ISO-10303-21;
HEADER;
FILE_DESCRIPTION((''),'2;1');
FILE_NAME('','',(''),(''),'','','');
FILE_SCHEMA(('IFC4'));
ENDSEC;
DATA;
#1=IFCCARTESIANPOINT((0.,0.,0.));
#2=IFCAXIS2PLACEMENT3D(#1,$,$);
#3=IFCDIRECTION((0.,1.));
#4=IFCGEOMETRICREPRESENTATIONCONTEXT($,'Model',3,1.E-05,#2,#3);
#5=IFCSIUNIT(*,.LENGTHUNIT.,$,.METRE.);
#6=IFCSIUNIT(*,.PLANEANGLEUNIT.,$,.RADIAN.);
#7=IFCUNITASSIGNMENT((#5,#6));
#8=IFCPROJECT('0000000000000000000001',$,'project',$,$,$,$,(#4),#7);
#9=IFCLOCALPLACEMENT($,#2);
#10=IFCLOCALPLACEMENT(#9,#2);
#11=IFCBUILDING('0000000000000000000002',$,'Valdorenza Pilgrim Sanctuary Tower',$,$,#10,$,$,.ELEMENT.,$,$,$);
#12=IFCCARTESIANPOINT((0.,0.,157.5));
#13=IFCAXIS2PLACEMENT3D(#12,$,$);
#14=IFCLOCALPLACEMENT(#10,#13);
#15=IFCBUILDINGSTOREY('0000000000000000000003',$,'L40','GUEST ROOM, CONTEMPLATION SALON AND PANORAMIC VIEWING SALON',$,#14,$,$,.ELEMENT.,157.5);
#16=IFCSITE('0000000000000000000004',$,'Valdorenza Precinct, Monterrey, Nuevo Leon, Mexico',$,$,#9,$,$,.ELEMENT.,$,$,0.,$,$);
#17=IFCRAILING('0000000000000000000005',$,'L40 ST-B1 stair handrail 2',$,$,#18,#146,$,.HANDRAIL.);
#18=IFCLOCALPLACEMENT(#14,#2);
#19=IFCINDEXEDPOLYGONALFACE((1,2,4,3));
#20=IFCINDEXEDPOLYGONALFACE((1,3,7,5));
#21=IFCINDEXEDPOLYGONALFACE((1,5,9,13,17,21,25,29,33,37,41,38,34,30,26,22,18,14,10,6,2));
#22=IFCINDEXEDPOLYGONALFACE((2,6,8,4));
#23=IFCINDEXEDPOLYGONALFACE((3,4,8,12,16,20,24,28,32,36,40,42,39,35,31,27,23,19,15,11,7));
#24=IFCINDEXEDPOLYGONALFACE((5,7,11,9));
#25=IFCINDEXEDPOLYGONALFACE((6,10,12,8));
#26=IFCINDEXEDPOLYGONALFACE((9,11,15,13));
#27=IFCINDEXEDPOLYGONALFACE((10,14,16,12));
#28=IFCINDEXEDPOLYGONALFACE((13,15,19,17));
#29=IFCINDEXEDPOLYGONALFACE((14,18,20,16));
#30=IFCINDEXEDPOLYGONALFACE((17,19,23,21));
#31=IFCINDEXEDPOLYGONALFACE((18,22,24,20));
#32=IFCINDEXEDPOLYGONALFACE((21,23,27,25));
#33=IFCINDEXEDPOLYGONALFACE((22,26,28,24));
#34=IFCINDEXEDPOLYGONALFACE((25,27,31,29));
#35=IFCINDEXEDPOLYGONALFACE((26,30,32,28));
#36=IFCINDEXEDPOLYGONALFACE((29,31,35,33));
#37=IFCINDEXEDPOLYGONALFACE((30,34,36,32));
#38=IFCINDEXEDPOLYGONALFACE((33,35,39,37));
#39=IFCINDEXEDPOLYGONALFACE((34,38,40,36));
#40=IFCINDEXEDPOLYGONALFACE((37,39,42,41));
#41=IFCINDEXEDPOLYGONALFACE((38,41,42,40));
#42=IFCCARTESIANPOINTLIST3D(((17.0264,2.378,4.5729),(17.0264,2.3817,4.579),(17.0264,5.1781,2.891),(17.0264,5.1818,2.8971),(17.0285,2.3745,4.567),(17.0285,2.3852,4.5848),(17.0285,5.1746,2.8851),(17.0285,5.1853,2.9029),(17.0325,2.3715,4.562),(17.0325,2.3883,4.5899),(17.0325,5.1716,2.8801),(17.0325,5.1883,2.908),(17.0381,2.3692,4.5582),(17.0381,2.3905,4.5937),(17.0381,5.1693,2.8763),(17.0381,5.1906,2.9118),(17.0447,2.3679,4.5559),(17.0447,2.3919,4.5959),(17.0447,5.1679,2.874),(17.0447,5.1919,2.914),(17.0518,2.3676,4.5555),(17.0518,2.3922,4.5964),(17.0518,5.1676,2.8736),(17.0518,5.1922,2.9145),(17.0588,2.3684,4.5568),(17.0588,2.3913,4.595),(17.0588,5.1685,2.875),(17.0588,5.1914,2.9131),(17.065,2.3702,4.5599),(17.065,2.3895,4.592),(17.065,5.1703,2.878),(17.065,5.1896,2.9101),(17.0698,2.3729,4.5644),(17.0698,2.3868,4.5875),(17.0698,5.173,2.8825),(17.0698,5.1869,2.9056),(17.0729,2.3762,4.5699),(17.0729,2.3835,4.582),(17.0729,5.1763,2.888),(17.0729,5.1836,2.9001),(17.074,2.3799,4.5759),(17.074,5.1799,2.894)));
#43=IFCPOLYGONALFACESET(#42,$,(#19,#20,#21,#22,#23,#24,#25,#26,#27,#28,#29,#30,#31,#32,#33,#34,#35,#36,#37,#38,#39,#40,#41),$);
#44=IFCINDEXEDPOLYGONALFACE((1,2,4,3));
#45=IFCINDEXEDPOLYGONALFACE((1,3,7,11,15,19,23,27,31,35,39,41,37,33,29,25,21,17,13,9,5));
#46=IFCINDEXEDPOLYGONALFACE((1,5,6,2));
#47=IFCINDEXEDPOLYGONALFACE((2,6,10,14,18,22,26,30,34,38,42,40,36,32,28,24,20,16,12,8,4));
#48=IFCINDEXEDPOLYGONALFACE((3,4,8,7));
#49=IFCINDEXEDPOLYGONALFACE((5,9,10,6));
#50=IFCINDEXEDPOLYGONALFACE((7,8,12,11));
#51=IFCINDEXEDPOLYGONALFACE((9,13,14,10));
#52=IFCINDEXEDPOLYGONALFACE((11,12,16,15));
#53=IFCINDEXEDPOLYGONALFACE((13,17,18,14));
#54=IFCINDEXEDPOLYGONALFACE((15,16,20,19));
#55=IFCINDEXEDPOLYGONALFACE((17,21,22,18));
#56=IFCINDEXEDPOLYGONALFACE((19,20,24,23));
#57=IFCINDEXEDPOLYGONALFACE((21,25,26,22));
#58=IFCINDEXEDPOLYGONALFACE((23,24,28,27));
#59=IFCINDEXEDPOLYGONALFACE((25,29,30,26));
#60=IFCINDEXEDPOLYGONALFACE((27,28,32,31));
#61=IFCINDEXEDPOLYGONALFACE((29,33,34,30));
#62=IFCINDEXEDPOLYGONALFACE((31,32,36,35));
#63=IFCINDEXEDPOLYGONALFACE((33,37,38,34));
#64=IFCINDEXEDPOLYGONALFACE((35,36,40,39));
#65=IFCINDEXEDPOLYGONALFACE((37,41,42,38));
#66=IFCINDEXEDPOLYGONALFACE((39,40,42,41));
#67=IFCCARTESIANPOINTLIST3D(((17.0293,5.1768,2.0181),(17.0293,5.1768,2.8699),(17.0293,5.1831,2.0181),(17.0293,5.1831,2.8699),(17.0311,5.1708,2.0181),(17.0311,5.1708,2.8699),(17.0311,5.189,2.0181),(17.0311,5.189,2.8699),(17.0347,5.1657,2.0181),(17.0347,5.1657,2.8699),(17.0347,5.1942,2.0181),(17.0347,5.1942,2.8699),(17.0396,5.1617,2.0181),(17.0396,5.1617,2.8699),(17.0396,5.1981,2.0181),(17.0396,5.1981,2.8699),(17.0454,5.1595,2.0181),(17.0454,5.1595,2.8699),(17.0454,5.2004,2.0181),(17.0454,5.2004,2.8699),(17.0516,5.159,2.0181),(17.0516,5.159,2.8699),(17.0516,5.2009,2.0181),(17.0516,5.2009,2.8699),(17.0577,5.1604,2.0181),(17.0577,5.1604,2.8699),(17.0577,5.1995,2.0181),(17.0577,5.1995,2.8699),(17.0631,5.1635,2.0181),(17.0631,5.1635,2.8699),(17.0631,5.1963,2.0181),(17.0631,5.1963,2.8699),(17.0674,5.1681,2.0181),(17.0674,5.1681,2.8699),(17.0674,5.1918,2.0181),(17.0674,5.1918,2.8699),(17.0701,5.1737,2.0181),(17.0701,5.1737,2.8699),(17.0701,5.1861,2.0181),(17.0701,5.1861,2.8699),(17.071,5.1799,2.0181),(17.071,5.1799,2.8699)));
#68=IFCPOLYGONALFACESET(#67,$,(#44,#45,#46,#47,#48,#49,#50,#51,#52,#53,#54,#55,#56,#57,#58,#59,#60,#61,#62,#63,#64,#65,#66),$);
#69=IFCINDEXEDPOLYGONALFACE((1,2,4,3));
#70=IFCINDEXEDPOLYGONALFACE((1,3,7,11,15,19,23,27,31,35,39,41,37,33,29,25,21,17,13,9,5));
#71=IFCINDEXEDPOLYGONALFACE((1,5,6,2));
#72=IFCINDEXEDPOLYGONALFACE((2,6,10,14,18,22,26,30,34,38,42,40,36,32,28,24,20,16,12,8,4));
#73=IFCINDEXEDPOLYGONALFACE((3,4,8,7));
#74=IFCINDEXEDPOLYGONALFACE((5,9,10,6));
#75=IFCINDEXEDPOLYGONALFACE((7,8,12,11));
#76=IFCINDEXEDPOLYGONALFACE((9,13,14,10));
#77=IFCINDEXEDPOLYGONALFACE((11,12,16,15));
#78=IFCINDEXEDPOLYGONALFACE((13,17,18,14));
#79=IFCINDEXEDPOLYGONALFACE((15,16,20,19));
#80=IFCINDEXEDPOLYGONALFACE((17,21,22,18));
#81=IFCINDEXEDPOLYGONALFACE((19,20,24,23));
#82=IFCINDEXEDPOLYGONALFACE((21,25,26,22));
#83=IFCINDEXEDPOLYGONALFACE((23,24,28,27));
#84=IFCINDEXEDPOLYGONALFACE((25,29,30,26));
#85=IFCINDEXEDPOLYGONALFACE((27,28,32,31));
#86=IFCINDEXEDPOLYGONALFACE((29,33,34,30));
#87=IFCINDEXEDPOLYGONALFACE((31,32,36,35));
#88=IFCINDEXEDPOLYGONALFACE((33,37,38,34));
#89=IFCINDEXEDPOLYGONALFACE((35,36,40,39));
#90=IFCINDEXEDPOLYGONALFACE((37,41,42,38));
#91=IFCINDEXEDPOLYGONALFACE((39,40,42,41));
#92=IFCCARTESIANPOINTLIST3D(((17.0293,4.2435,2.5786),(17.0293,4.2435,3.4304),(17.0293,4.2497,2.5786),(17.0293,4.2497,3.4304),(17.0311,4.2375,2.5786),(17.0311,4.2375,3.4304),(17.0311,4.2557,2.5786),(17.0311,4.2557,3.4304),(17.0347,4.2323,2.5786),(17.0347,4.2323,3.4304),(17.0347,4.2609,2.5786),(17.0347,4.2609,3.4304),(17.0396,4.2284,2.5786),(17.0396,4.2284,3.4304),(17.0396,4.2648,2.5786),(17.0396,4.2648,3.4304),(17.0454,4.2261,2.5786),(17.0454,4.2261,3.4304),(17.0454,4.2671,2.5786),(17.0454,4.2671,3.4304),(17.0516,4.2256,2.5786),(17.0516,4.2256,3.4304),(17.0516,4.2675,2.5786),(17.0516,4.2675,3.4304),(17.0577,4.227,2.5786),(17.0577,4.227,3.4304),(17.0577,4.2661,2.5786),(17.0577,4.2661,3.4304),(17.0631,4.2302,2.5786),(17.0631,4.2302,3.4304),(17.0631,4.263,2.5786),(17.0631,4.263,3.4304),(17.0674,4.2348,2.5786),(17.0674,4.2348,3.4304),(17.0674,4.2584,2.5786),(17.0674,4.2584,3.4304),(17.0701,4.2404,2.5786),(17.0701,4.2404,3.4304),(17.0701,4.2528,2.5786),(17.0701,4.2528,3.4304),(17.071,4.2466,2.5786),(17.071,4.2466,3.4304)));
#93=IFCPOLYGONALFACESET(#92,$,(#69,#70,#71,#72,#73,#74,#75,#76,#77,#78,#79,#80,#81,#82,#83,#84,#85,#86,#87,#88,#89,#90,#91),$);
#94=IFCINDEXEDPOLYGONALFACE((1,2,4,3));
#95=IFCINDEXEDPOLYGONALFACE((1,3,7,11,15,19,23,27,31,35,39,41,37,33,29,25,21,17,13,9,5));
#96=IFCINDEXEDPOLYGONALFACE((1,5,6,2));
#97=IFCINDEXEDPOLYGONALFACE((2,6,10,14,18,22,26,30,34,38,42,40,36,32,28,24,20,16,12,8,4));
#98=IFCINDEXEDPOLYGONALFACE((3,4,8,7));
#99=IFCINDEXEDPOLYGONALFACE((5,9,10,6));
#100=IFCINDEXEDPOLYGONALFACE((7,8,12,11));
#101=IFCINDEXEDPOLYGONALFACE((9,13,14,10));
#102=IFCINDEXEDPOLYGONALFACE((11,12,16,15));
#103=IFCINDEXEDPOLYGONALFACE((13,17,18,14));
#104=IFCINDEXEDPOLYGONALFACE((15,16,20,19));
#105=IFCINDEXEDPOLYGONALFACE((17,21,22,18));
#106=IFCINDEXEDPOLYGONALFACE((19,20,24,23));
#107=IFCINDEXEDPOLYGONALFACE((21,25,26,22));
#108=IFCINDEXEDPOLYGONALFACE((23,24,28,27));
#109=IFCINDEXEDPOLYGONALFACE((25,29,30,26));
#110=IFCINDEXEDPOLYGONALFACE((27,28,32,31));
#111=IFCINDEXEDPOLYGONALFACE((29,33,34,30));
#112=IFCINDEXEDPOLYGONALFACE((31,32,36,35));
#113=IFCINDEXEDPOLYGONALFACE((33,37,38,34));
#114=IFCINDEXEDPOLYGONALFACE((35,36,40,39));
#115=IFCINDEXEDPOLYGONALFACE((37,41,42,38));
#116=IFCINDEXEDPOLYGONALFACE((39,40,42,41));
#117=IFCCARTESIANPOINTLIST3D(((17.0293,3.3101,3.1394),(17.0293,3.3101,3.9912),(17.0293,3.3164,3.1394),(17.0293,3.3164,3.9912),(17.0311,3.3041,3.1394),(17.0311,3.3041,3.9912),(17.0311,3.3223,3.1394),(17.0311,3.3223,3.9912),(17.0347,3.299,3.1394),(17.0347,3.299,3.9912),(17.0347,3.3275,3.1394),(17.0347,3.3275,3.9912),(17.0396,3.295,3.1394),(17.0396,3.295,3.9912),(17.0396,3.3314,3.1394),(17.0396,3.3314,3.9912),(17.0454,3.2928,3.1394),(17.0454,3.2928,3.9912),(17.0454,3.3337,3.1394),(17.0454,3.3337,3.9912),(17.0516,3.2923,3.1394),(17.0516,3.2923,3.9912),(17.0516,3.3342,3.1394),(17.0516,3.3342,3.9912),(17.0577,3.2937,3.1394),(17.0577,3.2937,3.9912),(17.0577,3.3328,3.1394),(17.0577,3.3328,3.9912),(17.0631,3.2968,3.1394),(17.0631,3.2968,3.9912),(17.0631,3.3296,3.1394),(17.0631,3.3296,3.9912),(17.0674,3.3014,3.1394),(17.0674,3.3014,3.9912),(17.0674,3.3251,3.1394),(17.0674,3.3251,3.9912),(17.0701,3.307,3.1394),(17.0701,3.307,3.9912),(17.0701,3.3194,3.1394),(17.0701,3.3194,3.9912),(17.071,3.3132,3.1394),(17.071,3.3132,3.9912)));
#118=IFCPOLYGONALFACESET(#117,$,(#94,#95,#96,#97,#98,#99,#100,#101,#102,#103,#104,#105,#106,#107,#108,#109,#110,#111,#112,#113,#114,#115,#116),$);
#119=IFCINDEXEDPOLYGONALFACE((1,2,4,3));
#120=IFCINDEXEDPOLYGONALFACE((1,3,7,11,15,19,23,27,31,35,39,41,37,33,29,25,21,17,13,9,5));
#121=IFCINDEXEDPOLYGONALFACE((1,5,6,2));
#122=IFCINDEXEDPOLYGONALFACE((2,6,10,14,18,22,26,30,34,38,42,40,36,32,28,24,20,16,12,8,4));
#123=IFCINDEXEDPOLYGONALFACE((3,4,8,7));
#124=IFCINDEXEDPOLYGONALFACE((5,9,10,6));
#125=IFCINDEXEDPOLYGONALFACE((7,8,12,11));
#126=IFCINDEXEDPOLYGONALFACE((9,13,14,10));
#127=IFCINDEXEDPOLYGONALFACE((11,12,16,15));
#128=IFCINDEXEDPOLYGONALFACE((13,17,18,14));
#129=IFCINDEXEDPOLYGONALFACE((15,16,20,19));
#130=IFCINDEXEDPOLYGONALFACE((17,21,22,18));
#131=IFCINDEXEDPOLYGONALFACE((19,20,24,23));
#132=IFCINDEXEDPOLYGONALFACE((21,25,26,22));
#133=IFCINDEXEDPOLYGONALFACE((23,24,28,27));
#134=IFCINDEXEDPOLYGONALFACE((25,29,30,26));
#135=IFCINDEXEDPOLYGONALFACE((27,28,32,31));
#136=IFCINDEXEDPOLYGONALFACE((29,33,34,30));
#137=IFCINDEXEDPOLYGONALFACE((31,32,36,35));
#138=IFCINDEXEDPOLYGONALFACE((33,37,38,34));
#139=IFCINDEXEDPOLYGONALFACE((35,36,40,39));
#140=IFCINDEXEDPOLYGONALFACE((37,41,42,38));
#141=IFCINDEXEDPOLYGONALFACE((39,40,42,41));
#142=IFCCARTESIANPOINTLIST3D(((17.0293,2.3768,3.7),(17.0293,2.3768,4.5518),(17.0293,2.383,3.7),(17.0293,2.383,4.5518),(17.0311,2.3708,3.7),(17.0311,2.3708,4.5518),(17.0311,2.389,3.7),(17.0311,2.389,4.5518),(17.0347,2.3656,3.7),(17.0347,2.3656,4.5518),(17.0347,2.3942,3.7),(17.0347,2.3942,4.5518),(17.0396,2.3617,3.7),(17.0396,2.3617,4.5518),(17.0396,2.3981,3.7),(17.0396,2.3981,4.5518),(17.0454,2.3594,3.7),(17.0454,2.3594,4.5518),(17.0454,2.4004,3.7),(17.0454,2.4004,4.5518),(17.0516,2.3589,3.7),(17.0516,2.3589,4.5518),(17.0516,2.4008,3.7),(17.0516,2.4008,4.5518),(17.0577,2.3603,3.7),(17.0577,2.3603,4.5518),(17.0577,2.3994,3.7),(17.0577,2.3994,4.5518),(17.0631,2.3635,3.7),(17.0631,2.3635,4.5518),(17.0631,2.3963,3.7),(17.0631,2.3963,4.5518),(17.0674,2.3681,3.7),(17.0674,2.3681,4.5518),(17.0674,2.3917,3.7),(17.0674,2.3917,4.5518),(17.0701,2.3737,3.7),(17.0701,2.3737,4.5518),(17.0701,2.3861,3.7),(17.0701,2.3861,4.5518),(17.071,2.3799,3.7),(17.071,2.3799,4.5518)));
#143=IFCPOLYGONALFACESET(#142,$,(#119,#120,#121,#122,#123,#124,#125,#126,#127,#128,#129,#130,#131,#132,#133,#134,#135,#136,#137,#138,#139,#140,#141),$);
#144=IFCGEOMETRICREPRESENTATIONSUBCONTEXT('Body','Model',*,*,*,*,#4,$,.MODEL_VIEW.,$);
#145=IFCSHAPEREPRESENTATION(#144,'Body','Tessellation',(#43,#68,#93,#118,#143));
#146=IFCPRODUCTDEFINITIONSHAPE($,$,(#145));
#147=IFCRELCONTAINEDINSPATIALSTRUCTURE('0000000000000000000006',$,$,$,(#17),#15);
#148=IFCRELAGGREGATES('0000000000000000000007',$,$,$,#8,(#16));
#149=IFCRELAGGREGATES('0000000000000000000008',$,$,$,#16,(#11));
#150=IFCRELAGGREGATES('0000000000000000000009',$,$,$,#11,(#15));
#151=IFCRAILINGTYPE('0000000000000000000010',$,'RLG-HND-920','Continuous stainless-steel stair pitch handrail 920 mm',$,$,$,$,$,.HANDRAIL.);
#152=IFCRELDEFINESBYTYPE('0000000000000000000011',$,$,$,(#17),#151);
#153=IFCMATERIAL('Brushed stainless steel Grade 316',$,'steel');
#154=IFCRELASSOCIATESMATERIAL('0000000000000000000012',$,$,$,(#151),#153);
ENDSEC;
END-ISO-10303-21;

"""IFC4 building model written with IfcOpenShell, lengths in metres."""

from ifc_helpers import new_model, si_unit, direction, frame, origin, origin_2d, place, context, subcontext, project, spatial, circle, extrude, material, type_object, element, save


model = new_model("IFC4")

# Units and contexts
model_context = context("Model", 3, precision=1e-05, world=origin(), true_north=direction((0.0, 1.0)))
body_context = subcontext(model_context, "Body", "Model", "MODEL_VIEW")
ifc_project = project(units=[si_unit("LENGTHUNIT", "METRE"), si_unit("PLANEANGLEUNIT", "RADIAN")], contexts=[model_context])

# Site, building, storey
site_placement = place(None, origin())
site = spatial("IfcSite", under=ifc_project, at=site_placement, Name="Valdorenza Precinct, Monterrey, Nuevo Leon, Mexico", CompositionType="ELEMENT", RefElevation=0.0)
building_placement = place(site_placement, origin())
building = spatial("IfcBuilding", under=site, at=building_placement, Name="Valdorenza Pilgrim Sanctuary Tower", CompositionType="ELEMENT")
storey_placement = place(building_placement, frame((0.0, 0.0, 157.5)))
storey = spatial("IfcBuildingStorey", under=building, at=storey_placement, Name="L40", Description="GUEST ROOM, CONTEMPLATION SALON AND PANORAMIC VIEWING SALON", CompositionType="ELEMENT", Elevation=157.5)

# Shared definitions
ifc_material_1 = material(Name="Brushed stainless steel Grade 316", Category="steel")

# Railing
railing_type_1 = type_object("IfcRailingType", Name="RLG-HND-920", Description="Continuous stainless-steel stair pitch handrail 920 mm", PredefinedType="HANDRAIL", material=ifc_material_1)
railing_1_placement = place(storey_placement, frame((17.05, 5.1799, 2.0181)))
element("IfcRailing", 1, at=railing_1_placement, inside=storey, type_object=railing_type_1, Name="L40 ST-B1 stair handrail 2", PredefinedType="HANDRAIL", context=body_context, shape_type="SweptSolid", body=[
    extrude(circle(Radius=0.0239, at=origin_2d()), frame((0.0, 0.0, 0.876), z_axis=(0.0, -0.857242, 0.514913), x_axis=(1.0, 0.0, 0.0)), (0.0, 0.0, 1.0), 3.2664),
    extrude(circle(Radius=0.021, at=origin_2d()), origin(), (0.0, 0.0, 1.0), 0.8518),
    extrude(circle(Radius=0.021, at=origin_2d()), frame((0.0, -0.9333, 0.5605)), (0.0, 0.0, 1.0), 0.8518),
    extrude(circle(Radius=0.021, at=origin_2d()), frame((0.0, -1.8667, 1.1213)), (0.0, 0.0, 1.0), 0.8518),
    extrude(circle(Radius=0.021, at=origin_2d()), frame((0.0, -2.8, 1.6819)), (0.0, 0.0, 1.0), 0.8518),
])

save(model, "model.ifc")
